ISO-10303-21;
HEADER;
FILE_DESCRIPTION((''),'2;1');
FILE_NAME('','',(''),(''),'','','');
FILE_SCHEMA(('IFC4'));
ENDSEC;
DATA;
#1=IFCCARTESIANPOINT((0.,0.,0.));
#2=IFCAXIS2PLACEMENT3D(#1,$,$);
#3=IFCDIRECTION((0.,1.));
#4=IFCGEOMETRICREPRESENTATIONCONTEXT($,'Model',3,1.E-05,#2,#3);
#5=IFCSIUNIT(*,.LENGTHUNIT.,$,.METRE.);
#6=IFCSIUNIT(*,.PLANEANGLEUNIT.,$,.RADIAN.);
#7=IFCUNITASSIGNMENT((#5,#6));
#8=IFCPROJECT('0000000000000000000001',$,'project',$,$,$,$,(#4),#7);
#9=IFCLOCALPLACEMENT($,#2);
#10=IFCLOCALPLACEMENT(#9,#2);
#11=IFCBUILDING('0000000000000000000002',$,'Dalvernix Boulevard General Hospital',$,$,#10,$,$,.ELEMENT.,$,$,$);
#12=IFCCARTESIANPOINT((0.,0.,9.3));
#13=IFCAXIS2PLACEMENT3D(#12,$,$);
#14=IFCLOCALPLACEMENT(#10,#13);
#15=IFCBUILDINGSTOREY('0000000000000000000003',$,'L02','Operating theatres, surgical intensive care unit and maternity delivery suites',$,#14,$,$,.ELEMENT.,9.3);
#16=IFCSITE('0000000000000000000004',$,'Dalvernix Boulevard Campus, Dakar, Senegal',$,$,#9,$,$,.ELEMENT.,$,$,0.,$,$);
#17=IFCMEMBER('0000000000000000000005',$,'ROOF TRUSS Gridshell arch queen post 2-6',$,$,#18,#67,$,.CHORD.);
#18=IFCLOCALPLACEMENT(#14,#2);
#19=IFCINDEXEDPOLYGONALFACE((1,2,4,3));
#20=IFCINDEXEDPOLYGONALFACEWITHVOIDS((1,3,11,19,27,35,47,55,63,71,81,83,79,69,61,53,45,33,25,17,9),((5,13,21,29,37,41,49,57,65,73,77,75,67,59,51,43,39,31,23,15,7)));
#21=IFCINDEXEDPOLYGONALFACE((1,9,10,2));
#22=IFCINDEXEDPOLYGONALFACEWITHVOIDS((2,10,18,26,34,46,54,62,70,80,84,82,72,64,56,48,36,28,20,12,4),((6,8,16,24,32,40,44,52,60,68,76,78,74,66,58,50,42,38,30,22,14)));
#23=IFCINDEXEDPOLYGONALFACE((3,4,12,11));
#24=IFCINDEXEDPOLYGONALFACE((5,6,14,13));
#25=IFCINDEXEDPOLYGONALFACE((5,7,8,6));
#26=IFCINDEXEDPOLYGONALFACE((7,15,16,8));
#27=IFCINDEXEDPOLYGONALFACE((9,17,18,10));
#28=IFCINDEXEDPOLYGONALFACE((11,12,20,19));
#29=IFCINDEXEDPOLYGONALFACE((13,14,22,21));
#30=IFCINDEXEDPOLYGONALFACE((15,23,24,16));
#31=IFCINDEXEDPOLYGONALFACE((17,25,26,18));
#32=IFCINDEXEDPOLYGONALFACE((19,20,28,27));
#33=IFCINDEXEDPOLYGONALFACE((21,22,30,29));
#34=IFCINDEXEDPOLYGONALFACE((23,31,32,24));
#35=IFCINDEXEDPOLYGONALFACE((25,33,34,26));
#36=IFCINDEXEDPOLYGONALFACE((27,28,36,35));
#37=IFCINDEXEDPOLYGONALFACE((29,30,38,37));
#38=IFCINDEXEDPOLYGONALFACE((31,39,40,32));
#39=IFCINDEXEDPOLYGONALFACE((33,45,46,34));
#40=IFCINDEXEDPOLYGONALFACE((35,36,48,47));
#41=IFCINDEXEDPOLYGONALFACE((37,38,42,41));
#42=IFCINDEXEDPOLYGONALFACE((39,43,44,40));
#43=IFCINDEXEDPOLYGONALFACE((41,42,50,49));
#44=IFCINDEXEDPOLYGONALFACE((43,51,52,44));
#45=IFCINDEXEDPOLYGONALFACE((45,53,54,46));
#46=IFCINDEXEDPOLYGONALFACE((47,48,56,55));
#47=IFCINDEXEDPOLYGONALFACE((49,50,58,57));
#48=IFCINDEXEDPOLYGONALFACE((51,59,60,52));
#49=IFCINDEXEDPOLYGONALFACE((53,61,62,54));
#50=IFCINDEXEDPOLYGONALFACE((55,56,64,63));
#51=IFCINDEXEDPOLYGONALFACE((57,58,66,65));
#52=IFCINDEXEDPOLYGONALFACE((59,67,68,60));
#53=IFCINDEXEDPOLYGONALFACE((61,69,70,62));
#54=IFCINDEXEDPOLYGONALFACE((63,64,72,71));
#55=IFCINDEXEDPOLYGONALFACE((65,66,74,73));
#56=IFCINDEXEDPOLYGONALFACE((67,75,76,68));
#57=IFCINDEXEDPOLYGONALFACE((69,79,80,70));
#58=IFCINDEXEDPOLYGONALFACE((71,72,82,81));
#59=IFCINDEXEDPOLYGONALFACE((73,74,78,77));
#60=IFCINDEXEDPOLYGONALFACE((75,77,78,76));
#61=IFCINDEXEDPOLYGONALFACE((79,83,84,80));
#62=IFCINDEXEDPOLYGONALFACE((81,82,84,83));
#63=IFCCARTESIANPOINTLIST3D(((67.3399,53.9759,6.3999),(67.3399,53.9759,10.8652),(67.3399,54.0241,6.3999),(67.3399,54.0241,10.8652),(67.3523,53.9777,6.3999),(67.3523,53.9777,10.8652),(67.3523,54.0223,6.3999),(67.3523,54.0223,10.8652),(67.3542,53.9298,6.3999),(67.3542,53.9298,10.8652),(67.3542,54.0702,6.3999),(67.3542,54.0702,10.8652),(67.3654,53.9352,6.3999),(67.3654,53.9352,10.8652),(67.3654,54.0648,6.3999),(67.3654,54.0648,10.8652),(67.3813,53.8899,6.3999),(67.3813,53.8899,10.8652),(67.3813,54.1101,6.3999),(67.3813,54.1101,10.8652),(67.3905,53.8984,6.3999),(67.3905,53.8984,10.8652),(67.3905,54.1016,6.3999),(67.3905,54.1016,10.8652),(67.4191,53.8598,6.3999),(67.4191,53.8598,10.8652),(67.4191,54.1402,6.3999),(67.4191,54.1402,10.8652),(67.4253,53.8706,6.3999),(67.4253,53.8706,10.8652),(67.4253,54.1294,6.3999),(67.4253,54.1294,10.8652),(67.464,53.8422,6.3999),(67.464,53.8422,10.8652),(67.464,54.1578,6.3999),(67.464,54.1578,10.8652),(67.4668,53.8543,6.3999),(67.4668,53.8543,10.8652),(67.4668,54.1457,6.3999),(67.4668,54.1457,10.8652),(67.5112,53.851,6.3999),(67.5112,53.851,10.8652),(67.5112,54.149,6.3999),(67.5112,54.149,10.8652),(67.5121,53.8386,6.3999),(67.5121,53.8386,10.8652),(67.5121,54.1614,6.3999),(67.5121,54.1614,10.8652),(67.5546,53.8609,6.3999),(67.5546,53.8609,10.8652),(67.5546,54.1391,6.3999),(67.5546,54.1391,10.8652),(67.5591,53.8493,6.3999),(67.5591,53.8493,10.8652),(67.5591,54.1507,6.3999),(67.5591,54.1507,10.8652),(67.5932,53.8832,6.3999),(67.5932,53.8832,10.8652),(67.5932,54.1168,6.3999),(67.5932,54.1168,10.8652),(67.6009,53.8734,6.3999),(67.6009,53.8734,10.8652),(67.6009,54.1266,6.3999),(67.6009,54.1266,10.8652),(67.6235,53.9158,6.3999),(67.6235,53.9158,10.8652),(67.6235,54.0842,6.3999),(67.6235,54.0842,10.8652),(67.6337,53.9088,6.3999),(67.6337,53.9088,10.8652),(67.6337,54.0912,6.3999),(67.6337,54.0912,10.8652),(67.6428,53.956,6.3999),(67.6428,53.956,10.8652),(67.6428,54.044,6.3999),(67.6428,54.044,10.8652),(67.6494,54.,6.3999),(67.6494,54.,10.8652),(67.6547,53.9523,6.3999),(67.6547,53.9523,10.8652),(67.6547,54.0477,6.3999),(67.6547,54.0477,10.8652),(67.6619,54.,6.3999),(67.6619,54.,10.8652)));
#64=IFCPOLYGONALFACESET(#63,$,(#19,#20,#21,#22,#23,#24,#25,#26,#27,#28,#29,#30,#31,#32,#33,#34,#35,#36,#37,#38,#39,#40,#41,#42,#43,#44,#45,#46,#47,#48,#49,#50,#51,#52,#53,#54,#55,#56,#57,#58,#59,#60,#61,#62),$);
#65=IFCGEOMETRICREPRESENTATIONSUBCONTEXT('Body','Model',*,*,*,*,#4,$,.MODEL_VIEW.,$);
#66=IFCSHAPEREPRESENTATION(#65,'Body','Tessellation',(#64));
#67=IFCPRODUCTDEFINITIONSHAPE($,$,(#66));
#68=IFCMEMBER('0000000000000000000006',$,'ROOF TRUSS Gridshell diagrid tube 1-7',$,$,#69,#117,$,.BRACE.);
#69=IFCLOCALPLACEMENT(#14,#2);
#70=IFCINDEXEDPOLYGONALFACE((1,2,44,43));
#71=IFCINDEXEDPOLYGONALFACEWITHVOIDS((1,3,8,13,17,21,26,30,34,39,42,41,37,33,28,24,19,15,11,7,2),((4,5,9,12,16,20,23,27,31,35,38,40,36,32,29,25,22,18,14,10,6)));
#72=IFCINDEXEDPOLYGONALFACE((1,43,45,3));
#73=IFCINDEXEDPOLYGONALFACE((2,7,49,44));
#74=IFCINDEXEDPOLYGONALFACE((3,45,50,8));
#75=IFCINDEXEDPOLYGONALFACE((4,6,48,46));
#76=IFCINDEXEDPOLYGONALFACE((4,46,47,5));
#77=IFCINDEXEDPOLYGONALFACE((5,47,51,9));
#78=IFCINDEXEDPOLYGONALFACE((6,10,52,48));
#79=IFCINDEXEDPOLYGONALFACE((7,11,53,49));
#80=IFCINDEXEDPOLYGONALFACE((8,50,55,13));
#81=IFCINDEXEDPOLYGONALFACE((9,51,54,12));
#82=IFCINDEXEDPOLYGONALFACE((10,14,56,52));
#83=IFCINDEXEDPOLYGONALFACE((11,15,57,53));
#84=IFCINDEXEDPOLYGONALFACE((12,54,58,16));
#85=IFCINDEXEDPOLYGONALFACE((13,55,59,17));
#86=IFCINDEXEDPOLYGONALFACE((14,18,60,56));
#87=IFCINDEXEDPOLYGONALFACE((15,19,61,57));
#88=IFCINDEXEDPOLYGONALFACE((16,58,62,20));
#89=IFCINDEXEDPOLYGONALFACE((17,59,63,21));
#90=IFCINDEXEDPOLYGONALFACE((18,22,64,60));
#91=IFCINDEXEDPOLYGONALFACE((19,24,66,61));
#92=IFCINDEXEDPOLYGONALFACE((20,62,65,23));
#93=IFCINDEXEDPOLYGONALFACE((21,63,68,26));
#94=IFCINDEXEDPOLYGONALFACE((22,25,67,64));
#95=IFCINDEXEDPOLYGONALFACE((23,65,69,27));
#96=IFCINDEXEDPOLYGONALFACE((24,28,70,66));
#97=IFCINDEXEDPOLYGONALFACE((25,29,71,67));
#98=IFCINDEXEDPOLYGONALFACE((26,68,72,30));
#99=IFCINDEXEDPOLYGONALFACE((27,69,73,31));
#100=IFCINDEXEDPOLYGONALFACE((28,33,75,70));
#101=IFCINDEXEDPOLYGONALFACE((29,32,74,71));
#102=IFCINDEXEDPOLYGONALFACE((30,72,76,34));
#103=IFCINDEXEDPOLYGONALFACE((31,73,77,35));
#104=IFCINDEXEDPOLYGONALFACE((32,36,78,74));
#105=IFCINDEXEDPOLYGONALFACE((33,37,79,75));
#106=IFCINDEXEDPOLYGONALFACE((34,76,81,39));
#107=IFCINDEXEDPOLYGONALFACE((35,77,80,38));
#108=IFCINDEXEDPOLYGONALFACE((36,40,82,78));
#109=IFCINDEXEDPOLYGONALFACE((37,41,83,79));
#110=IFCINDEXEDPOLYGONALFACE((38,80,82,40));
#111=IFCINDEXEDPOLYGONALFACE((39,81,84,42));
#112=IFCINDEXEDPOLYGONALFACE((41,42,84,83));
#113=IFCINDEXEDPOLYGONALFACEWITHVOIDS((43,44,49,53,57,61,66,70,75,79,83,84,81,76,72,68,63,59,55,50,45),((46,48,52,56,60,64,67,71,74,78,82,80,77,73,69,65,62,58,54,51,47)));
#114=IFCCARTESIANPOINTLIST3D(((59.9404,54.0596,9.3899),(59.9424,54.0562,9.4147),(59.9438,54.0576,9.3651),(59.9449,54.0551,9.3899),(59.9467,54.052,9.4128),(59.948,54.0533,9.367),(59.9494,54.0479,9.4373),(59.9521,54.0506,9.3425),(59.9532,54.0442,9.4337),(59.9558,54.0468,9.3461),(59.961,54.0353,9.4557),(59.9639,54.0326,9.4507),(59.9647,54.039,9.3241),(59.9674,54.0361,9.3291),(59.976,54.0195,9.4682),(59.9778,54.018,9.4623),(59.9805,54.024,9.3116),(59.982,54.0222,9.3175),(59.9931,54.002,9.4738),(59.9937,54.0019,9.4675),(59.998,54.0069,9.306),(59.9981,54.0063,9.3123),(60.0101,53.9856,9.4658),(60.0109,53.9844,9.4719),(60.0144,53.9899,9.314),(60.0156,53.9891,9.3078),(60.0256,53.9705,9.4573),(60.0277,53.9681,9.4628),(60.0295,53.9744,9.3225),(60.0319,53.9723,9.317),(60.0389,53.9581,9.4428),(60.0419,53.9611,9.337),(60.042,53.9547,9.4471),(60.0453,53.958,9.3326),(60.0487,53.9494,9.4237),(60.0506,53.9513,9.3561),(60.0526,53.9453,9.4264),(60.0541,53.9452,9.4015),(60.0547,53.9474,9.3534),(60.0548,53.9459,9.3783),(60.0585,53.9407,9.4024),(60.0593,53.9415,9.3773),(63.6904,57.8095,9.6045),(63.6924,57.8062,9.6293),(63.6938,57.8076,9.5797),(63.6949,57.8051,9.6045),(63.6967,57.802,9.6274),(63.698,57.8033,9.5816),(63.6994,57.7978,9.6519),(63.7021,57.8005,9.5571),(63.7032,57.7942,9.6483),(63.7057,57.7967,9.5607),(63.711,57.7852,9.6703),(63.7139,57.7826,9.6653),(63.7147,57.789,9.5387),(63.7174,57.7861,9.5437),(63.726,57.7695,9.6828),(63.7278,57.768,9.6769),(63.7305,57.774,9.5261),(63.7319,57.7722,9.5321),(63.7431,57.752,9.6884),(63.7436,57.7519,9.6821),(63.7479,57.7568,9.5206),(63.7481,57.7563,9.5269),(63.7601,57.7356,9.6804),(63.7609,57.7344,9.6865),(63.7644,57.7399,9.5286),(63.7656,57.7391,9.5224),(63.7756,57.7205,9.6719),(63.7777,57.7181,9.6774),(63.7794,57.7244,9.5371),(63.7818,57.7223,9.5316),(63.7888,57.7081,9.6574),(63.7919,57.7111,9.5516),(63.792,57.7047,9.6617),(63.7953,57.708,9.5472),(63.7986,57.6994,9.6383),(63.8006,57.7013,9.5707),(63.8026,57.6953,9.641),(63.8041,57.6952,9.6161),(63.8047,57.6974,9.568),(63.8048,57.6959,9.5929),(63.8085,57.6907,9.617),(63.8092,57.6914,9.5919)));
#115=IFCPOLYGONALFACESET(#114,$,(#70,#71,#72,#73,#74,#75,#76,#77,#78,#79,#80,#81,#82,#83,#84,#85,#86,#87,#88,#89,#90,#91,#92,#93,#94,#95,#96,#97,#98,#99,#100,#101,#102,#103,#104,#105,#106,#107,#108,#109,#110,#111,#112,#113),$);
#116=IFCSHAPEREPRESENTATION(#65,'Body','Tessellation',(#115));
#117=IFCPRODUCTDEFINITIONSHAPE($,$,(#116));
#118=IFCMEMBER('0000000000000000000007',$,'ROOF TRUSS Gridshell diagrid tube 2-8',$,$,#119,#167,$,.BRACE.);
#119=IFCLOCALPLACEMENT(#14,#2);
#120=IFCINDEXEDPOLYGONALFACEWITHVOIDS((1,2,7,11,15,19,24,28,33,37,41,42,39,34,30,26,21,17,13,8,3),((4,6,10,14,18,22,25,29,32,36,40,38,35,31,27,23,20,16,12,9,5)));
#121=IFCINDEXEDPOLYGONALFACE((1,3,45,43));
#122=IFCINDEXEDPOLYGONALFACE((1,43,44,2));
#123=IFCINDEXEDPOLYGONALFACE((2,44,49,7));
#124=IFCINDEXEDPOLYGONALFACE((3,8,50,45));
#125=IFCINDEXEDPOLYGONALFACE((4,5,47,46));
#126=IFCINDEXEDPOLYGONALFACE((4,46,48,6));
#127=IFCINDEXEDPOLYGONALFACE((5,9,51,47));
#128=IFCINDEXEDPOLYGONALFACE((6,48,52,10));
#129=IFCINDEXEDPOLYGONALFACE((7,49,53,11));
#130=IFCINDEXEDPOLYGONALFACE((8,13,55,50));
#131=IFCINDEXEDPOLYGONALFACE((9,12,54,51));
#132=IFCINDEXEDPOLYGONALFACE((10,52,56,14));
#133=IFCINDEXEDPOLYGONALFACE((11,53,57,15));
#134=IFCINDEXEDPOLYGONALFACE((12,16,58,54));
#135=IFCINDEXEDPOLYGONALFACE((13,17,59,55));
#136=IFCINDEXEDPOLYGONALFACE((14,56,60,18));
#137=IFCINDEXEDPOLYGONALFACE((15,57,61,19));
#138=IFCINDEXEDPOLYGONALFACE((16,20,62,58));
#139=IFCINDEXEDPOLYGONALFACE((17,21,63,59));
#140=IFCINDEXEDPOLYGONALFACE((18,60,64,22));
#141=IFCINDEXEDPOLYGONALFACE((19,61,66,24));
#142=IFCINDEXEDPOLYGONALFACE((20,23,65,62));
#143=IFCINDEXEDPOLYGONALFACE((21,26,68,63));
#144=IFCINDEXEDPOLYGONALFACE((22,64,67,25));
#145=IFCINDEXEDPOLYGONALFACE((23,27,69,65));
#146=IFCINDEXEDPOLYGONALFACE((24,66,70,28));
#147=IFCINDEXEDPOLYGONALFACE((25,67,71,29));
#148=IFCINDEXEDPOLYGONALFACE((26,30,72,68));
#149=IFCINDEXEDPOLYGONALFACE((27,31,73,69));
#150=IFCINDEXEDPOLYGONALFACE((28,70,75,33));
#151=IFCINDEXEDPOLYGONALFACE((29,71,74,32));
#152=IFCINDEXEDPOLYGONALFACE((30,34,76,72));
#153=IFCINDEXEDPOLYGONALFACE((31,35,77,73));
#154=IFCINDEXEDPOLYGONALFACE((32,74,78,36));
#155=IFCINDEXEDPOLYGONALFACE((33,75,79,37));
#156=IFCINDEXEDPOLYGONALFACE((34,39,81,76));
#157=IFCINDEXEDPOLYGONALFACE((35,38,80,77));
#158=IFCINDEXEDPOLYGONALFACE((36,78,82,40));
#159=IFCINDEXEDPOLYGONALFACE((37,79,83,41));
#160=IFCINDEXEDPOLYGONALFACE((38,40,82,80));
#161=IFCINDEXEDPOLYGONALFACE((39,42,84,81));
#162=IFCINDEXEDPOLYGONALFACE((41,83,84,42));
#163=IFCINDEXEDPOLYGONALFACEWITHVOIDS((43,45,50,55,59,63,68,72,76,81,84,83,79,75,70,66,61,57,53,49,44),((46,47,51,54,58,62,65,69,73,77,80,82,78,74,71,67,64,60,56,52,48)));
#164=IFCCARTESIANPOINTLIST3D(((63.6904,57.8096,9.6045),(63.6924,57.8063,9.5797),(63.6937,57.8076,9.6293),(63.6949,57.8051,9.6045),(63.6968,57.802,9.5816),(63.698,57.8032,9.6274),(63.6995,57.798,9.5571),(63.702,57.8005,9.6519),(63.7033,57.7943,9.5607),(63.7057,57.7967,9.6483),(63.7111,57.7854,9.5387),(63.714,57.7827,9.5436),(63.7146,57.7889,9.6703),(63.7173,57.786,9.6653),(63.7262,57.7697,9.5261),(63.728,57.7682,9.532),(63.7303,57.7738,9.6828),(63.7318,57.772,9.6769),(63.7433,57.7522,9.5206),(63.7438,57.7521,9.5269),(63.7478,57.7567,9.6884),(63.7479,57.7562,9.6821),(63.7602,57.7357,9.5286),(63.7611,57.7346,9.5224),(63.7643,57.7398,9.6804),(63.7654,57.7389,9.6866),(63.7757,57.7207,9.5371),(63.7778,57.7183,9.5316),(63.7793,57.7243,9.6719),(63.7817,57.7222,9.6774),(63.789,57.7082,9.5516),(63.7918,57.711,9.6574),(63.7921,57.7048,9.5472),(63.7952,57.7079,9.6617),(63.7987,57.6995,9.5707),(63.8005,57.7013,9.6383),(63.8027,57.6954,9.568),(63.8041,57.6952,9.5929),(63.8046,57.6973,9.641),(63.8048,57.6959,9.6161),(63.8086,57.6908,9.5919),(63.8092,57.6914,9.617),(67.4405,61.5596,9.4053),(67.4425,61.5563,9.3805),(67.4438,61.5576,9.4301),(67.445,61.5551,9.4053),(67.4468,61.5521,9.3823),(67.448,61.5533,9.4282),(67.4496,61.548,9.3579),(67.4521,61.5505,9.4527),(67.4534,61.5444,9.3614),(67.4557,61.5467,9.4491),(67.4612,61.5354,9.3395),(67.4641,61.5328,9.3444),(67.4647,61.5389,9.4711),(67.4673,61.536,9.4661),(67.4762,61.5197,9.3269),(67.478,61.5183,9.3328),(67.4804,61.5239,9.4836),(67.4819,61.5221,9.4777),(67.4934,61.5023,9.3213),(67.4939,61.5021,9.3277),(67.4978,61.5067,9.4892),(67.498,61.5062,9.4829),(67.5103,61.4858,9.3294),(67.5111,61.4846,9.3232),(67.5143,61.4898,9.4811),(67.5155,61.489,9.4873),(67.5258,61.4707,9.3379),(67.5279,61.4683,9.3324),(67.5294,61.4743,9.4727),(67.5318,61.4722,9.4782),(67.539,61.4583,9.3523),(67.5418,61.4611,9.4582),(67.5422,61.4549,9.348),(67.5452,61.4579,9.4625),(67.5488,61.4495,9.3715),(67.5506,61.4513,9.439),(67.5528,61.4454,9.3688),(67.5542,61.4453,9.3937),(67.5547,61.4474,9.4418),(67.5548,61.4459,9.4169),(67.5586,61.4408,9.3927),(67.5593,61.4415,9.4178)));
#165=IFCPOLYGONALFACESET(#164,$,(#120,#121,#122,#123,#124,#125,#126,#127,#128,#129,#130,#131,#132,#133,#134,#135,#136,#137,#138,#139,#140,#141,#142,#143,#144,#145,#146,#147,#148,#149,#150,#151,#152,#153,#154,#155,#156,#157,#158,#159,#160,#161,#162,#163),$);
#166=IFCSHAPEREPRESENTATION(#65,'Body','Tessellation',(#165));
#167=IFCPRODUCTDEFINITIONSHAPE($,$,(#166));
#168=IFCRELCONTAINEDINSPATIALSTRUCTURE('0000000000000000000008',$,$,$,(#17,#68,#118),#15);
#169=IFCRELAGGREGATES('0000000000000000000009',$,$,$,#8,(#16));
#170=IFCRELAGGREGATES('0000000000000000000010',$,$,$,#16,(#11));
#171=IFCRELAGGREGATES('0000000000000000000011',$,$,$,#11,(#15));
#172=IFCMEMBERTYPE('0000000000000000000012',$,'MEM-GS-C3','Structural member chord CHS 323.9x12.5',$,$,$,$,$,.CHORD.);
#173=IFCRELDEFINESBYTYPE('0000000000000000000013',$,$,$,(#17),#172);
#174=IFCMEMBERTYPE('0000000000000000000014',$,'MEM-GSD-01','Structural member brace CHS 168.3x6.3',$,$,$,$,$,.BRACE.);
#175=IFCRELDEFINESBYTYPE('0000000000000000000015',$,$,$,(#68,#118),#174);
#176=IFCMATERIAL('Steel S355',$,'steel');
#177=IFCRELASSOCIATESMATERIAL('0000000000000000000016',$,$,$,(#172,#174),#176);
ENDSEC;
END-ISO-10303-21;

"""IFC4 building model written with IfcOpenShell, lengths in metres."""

from ifc_helpers import new_model, si_unit, direction, frame, origin, origin_2d, place, context, subcontext, project, spatial, hollow_circle, extrude, material, material_profile, profile_set, type_object, element, save


model = new_model("IFC4")

# Units and contexts
model_context = context("Model", 3, precision=1e-05, world=origin(), true_north=direction((0.0, 1.0)))
body_context = subcontext(model_context, "Body", "Model", "MODEL_VIEW")
ifc_project = project(units=[si_unit("LENGTHUNIT", "METRE"), si_unit("PLANEANGLEUNIT", "RADIAN")], contexts=[model_context])

# Site, building, storey
site_placement = place(None, origin())
site = spatial("IfcSite", under=ifc_project, at=site_placement, Name="Dalvernix Boulevard Campus, Dakar, Senegal", CompositionType="ELEMENT", RefElevation=0.0)
building_placement = place(site_placement, origin())
building = spatial("IfcBuilding", under=site, at=building_placement, Name="Dalvernix Boulevard General Hospital", CompositionType="ELEMENT")
storey_placement = place(building_placement, frame((0.0, 0.0, 9.3)))
storey = spatial("IfcBuildingStorey", under=building, at=storey_placement, Name="L02", Description="Operating theatres, surgical intensive care unit and maternity delivery suites", CompositionType="ELEMENT", Elevation=9.3)

# Shared definitions
ifc_material_1 = material(Name="Steel S355", Category="steel")

# Members
ifc_material_profile_1 = material_profile(ifc_material_1, hollow_circle(Radius=0.1619, WallThickness=0.0125, at=origin_2d()), Name="CHS 323.9x12.5")
ifc_profile_set_1 = profile_set([ifc_material_profile_1], Name="Steel S355")
member_type_1 = type_object("IfcMemberType", Name="MEM-GS-C3", Description="Structural member chord CHS 323.9x12.5", PredefinedType="CHORD", material=ifc_profile_set_1)
member_1_placement = place(storey_placement, frame((67.5, 54.0, 6.3999), z_axis=(0.0, 0.0, 1.0), x_axis=(1.0, 0.0, 0.0)))
element("IfcMember", 1, at=member_1_placement, inside=storey, type_object=member_type_1, Name="ROOF TRUSS Gridshell arch queen post 2-6", PredefinedType="CHORD", context=body_context, shape_type="SweptSolid", body=[
    extrude(hollow_circle(Radius=0.1619, WallThickness=0.0125, at=origin_2d()), origin(), (0.0, 0.0, 1.0), 4.4653),
])
ifc_material_profile_2 = material_profile(ifc_material_1, hollow_circle(Radius=0.0842, WallThickness=0.0063, at=origin_2d()), Name="CHS 168.3x6.3")
ifc_profile_set_2 = profile_set([ifc_material_profile_2], Name="Steel S355")
member_type_2 = type_object("IfcMemberType", Name="MEM-GSD-01", Description="Structural member brace CHS 168.3x6.3", PredefinedType="BRACE", material=ifc_profile_set_2)
member_2_placement = place(storey_placement, frame((60.0, 54.0, 9.3899), z_axis=(0.706529, 0.706529, 0.040432), x_axis=(-0.707107, 0.707107, 0.0)))
element("IfcMember", 2, at=member_2_placement, inside=storey, type_object=member_type_2, Name="ROOF TRUSS Gridshell diagrid tube 1-7", PredefinedType="BRACE", context=body_context, shape_type="SweptSolid", body=[
    extrude(hollow_circle(Radius=0.0842, WallThickness=0.0063, at=origin_2d()), origin(), (0.0, 0.0, 1.0), 5.3076),
])
member_3_placement = place(storey_placement, frame((63.75, 57.75, 9.6045), z_axis=(0.706608, 0.706608, -0.037539), x_axis=(-0.707107, 0.707107, 0.0)))
element("IfcMember", 3, at=member_3_placement, inside=storey, type_object=member_type_2, Name="ROOF TRUSS Gridshell diagrid tube 2-8", PredefinedType="BRACE", context=body_context, shape_type="SweptSolid", body=[
    extrude(hollow_circle(Radius=0.0842, WallThickness=0.0063, at=origin_2d()), origin(), (0.0, 0.0, 1.0), 5.3071),
])

save(model, "model.ifc")
